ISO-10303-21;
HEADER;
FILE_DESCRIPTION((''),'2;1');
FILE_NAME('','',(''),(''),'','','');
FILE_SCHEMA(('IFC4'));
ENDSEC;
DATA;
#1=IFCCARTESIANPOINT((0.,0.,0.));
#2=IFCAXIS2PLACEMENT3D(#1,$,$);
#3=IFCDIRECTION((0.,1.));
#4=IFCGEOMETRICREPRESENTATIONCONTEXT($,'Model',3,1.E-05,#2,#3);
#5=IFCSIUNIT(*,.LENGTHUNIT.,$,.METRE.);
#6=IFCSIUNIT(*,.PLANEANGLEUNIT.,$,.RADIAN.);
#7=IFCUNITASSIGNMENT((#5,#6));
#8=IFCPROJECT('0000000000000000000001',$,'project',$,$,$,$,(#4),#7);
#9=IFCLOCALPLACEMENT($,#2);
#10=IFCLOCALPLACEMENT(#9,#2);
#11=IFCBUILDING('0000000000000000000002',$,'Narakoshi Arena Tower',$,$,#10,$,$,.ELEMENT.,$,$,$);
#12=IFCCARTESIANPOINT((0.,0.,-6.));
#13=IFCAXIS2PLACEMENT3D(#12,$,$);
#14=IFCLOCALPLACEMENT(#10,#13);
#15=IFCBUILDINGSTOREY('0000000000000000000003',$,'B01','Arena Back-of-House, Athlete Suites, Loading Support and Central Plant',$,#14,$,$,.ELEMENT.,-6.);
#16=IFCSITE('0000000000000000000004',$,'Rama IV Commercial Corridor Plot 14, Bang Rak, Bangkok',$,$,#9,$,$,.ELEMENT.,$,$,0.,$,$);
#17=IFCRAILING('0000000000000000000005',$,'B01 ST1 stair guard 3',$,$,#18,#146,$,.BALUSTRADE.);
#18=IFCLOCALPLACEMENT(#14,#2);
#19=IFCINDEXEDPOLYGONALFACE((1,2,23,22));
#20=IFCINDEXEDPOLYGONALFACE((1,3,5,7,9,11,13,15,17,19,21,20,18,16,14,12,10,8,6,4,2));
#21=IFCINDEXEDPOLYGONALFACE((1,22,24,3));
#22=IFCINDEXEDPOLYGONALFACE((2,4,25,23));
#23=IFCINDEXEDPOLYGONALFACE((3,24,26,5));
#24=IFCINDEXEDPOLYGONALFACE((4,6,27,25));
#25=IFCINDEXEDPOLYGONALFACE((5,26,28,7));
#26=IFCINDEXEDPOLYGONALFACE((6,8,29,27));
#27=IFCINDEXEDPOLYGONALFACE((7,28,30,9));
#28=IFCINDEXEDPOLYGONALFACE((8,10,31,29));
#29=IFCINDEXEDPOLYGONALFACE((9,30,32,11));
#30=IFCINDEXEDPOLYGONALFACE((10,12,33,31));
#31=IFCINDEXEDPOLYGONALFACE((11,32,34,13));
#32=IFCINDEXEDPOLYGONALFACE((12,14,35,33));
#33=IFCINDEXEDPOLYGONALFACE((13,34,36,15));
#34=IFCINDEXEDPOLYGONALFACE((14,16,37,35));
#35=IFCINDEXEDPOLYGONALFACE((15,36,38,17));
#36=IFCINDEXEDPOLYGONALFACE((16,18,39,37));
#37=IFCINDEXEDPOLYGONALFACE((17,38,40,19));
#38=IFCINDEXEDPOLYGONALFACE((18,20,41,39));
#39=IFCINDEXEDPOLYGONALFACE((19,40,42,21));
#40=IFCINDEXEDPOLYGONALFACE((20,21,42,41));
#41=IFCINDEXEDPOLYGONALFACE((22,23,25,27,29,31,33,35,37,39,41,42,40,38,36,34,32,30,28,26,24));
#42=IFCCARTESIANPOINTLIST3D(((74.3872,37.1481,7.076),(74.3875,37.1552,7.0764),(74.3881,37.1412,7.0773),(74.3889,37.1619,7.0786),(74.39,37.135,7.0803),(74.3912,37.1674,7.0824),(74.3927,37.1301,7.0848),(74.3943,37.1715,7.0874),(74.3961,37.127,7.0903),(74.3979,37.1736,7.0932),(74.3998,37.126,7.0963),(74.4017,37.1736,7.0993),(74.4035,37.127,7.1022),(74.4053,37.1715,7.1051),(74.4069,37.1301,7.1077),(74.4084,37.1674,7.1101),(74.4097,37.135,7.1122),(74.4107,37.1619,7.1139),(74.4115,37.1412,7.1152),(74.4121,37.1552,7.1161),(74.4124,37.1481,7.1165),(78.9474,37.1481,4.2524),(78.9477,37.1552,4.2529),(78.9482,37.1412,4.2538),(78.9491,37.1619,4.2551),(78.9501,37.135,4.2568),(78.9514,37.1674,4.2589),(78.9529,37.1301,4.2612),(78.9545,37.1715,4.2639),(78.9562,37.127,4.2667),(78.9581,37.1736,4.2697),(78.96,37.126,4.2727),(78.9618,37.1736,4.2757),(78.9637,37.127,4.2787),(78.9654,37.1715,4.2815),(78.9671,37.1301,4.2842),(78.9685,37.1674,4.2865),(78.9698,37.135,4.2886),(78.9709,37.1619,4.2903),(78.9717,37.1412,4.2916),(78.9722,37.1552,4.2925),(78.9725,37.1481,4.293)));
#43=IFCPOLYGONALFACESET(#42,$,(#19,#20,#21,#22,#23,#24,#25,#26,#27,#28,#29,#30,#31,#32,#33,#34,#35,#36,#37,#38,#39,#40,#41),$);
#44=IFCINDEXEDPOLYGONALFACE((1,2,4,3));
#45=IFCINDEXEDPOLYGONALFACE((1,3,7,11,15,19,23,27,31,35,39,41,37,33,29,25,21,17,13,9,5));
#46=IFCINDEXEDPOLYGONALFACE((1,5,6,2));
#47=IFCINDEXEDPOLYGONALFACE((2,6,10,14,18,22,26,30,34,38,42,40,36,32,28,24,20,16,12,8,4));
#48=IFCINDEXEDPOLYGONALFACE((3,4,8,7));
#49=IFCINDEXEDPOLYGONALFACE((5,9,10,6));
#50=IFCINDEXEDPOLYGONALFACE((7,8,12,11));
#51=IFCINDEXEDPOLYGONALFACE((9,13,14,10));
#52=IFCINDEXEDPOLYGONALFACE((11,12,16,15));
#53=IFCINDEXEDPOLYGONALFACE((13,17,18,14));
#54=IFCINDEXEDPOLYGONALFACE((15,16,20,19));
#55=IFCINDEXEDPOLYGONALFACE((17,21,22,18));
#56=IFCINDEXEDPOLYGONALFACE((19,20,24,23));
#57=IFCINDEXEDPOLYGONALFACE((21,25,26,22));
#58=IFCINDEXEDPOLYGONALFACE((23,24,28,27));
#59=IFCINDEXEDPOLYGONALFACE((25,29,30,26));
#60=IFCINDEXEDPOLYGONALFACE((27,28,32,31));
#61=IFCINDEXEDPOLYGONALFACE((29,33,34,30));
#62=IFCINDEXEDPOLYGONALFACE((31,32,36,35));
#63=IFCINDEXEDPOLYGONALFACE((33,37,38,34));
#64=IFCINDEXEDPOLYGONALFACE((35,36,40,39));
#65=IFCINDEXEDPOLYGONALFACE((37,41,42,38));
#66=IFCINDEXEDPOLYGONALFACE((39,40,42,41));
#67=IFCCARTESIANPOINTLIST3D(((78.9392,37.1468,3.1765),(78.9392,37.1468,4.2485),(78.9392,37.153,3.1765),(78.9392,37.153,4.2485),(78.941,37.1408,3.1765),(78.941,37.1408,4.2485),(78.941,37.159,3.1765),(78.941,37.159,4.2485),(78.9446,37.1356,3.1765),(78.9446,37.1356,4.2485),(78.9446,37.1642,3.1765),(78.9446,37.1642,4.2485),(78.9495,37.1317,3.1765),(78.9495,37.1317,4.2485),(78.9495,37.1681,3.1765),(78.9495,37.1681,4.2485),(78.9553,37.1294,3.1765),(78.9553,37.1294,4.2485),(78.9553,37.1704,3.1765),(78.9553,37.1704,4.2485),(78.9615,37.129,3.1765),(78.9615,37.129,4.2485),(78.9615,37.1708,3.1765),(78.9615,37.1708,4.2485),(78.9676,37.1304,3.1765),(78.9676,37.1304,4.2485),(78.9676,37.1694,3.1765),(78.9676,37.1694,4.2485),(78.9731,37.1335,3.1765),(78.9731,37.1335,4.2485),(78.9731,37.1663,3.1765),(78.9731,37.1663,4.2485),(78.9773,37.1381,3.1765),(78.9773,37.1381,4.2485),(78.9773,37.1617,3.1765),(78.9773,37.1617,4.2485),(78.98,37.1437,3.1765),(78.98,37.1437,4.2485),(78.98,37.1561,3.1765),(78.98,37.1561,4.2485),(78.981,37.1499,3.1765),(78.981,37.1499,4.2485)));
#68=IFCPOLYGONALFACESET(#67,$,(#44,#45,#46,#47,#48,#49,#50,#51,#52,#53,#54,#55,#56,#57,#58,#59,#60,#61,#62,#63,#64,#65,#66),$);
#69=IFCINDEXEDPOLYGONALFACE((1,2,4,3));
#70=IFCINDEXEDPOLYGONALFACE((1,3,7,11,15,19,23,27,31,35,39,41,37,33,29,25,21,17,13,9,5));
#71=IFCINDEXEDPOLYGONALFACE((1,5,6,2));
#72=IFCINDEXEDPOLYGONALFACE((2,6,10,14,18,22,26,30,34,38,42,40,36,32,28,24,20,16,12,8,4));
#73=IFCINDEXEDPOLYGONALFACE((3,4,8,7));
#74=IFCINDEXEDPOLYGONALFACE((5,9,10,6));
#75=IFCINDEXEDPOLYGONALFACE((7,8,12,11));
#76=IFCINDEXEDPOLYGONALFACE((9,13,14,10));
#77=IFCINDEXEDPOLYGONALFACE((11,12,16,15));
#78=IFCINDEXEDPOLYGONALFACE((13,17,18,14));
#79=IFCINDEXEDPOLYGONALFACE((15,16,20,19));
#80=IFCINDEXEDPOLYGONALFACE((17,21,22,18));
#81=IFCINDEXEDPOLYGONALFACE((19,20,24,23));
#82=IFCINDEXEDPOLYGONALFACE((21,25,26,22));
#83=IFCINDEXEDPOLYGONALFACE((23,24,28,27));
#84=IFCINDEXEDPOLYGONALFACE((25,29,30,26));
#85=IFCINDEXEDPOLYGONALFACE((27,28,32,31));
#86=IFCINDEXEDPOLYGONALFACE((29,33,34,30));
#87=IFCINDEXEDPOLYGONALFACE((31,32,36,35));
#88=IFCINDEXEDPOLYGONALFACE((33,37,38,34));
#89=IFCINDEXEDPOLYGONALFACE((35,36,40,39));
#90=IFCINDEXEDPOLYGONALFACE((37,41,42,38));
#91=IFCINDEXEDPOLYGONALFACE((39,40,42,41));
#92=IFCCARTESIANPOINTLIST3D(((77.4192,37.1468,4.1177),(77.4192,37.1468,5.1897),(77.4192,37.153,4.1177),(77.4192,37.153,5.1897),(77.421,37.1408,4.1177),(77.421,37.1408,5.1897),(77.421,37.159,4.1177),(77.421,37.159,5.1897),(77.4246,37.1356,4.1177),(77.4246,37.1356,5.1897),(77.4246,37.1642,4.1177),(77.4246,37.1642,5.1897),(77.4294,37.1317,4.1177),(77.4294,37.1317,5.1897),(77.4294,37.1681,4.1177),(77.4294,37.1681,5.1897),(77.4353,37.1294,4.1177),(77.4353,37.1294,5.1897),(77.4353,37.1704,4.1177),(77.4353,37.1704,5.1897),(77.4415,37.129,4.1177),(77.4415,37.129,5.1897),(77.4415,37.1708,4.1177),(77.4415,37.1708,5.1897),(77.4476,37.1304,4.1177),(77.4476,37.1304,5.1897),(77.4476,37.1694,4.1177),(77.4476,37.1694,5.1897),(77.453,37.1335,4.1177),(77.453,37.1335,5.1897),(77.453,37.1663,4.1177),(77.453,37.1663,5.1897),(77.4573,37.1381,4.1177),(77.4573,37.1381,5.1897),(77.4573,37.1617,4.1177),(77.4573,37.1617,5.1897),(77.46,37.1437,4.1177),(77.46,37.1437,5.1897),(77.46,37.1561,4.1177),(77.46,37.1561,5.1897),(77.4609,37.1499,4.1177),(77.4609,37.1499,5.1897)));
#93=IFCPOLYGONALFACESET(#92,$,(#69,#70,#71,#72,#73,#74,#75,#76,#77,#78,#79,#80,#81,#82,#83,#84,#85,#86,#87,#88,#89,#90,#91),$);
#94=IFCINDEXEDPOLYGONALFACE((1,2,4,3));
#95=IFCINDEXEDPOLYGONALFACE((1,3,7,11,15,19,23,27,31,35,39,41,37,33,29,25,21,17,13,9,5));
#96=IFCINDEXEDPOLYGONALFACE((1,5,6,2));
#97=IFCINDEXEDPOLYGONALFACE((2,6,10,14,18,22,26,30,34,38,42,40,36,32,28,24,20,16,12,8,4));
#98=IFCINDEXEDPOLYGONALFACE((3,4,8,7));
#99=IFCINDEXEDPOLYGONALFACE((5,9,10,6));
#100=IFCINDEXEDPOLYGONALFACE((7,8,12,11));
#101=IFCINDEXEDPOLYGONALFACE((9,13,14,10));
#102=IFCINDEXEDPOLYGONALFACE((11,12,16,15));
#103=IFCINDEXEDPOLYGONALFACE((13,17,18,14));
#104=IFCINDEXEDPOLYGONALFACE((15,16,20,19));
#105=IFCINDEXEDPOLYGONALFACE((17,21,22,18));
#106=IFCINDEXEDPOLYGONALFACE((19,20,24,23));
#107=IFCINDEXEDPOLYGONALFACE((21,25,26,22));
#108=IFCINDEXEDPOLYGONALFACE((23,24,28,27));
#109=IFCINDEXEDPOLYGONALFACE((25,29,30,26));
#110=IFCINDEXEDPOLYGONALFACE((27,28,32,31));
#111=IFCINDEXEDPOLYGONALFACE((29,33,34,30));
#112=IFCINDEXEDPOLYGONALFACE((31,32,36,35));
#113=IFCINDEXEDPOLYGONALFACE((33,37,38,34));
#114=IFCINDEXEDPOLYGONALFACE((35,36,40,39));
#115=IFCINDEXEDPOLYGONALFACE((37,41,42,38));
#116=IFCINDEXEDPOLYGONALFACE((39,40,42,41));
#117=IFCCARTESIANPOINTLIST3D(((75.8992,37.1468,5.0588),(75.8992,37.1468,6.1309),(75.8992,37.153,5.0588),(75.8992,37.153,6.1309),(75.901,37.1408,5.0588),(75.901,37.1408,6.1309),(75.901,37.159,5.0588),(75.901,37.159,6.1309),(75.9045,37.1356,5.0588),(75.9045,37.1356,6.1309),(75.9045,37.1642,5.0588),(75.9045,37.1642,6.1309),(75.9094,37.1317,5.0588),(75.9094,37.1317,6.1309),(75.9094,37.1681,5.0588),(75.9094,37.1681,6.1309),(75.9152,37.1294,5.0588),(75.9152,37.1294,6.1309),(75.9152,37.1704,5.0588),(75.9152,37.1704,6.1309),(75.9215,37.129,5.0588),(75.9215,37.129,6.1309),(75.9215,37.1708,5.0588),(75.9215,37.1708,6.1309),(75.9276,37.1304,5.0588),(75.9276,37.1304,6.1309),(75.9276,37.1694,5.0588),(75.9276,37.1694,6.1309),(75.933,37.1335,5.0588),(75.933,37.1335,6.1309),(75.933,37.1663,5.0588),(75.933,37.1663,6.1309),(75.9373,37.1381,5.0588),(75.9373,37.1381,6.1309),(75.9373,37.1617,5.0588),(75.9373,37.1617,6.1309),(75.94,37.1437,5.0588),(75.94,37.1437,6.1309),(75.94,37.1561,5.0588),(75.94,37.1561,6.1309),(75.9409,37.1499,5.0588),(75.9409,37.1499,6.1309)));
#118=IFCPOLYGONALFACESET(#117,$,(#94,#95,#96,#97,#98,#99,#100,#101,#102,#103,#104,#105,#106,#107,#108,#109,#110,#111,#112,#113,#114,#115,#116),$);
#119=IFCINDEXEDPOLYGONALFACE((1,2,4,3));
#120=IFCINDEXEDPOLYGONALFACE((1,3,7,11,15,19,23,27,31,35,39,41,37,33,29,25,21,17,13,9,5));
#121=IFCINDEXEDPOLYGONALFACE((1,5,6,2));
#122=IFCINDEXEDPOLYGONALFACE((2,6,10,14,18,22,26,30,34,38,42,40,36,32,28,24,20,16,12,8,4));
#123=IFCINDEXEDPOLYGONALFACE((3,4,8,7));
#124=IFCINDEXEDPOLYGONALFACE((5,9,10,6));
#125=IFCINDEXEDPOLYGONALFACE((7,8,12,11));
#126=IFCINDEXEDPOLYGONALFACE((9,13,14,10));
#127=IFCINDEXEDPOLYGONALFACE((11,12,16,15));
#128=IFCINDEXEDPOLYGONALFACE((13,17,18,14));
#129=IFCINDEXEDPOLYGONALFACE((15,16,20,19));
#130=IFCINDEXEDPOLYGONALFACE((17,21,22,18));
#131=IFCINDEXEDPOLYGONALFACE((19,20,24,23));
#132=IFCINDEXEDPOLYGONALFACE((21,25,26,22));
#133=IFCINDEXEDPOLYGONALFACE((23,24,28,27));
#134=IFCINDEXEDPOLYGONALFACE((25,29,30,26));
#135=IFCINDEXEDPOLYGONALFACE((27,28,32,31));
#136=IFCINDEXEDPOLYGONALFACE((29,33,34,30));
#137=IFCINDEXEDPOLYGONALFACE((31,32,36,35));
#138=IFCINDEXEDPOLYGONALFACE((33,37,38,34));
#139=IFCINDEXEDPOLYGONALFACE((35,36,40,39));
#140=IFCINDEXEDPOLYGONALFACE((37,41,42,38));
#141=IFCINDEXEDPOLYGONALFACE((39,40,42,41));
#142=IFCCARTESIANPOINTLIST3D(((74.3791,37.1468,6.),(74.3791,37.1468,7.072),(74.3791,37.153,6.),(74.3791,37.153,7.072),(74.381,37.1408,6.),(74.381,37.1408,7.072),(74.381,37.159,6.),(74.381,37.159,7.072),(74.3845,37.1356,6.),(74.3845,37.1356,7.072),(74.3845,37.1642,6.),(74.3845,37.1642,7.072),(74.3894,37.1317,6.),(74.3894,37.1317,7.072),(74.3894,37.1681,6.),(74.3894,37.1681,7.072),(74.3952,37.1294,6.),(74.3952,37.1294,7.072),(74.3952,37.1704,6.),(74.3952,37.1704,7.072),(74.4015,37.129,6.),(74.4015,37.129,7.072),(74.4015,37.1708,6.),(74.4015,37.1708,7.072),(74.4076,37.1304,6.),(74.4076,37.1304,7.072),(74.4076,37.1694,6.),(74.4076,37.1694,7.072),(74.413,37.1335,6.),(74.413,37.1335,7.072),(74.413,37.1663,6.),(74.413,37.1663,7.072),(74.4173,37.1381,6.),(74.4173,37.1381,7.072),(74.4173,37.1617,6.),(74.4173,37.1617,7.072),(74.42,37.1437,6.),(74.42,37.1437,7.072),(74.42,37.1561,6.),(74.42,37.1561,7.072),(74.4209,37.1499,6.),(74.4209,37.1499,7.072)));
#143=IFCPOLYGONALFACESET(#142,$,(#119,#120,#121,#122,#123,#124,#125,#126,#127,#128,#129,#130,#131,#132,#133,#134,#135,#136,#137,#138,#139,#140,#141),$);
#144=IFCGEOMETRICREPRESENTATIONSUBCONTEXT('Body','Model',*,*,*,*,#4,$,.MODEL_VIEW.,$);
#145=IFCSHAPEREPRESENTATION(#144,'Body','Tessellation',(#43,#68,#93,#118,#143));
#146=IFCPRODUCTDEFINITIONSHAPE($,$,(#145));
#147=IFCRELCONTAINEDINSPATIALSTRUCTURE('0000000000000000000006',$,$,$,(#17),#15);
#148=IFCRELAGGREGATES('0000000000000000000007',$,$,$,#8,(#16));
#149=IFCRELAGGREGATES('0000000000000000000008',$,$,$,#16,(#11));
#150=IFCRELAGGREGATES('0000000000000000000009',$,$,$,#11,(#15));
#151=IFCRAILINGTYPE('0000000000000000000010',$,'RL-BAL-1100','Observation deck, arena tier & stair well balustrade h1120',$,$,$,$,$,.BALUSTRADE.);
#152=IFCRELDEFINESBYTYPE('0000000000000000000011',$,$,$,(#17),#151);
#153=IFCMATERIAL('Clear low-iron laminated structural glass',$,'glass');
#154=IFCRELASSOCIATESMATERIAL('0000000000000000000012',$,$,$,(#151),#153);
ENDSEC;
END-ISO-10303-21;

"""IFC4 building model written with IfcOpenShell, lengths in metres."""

from ifc_helpers import new_model, si_unit, direction, frame, origin, origin_2d, place, context, subcontext, project, spatial, circle, extrude, material, type_object, element, save


model = new_model("IFC4")

# Units and contexts
model_context = context("Model", 3, precision=1e-05, world=origin(), true_north=direction((0.0, 1.0)))
body_context = subcontext(model_context, "Body", "Model", "MODEL_VIEW")
ifc_project = project(units=[si_unit("LENGTHUNIT", "METRE"), si_unit("PLANEANGLEUNIT", "RADIAN")], contexts=[model_context])

# Site, building, storey
site_placement = place(None, origin())
site = spatial("IfcSite", under=ifc_project, at=site_placement, Name="Rama IV Commercial Corridor Plot 14, Bang Rak, Bangkok", CompositionType="ELEMENT", RefElevation=0.0)
building_placement = place(site_placement, origin())
building = spatial("IfcBuilding", under=site, at=building_placement, Name="Narakoshi Arena Tower", CompositionType="ELEMENT")
storey_placement = place(building_placement, frame((0.0, 0.0, -6.0)))
storey = spatial("IfcBuildingStorey", under=building, at=storey_placement, Name="B01", Description="Arena Back-of-House, Athlete Suites, Loading Support and Central Plant", CompositionType="ELEMENT", Elevation=-6.0)

# Railing
ifc_material_1 = material(Name="Clear low-iron laminated structural glass", Category="glass")
railing_type_1 = type_object("IfcRailingType", Name="RL-BAL-1100", Description="Observation deck, arena tier & stair well balustrade h1120", PredefinedType="BALUSTRADE", material=ifc_material_1)
railing_1_placement = place(storey_placement, frame((78.96, 37.1499, 3.1765)))
element("IfcRailing", 1, at=railing_1_placement, inside=storey, type_object=railing_type_1, Name="B01 ST1 stair guard 3", PredefinedType="BALUSTRADE", context=body_context, shape_type="SweptSolid", body=[
    extrude(circle(Radius=0.0239, at=origin_2d()), frame((0.0, 0.0, 1.0962), z_axis=(-0.850216, 0.0, 0.526435), x_axis=(0.0, -1.0, 0.0)), (0.0, 0.0, 1.0), 5.3635),
    extrude(circle(Radius=0.021, at=origin_2d()), origin(), (0.0, 0.0, 1.0), 1.072),
    extrude(circle(Radius=0.021, at=origin_2d()), frame((-1.52, 0.0, 0.9412)), (0.0, 0.0, 1.0), 1.072),
    extrude(circle(Radius=0.021, at=origin_2d()), frame((-3.04, 0.0, 1.8823)), (0.0, 0.0, 1.0), 1.072),
    extrude(circle(Radius=0.021, at=origin_2d()), frame((-4.5601, 0.0, 2.8235)), (0.0, 0.0, 1.0), 1.072),
])

save(model, "model.ifc")
